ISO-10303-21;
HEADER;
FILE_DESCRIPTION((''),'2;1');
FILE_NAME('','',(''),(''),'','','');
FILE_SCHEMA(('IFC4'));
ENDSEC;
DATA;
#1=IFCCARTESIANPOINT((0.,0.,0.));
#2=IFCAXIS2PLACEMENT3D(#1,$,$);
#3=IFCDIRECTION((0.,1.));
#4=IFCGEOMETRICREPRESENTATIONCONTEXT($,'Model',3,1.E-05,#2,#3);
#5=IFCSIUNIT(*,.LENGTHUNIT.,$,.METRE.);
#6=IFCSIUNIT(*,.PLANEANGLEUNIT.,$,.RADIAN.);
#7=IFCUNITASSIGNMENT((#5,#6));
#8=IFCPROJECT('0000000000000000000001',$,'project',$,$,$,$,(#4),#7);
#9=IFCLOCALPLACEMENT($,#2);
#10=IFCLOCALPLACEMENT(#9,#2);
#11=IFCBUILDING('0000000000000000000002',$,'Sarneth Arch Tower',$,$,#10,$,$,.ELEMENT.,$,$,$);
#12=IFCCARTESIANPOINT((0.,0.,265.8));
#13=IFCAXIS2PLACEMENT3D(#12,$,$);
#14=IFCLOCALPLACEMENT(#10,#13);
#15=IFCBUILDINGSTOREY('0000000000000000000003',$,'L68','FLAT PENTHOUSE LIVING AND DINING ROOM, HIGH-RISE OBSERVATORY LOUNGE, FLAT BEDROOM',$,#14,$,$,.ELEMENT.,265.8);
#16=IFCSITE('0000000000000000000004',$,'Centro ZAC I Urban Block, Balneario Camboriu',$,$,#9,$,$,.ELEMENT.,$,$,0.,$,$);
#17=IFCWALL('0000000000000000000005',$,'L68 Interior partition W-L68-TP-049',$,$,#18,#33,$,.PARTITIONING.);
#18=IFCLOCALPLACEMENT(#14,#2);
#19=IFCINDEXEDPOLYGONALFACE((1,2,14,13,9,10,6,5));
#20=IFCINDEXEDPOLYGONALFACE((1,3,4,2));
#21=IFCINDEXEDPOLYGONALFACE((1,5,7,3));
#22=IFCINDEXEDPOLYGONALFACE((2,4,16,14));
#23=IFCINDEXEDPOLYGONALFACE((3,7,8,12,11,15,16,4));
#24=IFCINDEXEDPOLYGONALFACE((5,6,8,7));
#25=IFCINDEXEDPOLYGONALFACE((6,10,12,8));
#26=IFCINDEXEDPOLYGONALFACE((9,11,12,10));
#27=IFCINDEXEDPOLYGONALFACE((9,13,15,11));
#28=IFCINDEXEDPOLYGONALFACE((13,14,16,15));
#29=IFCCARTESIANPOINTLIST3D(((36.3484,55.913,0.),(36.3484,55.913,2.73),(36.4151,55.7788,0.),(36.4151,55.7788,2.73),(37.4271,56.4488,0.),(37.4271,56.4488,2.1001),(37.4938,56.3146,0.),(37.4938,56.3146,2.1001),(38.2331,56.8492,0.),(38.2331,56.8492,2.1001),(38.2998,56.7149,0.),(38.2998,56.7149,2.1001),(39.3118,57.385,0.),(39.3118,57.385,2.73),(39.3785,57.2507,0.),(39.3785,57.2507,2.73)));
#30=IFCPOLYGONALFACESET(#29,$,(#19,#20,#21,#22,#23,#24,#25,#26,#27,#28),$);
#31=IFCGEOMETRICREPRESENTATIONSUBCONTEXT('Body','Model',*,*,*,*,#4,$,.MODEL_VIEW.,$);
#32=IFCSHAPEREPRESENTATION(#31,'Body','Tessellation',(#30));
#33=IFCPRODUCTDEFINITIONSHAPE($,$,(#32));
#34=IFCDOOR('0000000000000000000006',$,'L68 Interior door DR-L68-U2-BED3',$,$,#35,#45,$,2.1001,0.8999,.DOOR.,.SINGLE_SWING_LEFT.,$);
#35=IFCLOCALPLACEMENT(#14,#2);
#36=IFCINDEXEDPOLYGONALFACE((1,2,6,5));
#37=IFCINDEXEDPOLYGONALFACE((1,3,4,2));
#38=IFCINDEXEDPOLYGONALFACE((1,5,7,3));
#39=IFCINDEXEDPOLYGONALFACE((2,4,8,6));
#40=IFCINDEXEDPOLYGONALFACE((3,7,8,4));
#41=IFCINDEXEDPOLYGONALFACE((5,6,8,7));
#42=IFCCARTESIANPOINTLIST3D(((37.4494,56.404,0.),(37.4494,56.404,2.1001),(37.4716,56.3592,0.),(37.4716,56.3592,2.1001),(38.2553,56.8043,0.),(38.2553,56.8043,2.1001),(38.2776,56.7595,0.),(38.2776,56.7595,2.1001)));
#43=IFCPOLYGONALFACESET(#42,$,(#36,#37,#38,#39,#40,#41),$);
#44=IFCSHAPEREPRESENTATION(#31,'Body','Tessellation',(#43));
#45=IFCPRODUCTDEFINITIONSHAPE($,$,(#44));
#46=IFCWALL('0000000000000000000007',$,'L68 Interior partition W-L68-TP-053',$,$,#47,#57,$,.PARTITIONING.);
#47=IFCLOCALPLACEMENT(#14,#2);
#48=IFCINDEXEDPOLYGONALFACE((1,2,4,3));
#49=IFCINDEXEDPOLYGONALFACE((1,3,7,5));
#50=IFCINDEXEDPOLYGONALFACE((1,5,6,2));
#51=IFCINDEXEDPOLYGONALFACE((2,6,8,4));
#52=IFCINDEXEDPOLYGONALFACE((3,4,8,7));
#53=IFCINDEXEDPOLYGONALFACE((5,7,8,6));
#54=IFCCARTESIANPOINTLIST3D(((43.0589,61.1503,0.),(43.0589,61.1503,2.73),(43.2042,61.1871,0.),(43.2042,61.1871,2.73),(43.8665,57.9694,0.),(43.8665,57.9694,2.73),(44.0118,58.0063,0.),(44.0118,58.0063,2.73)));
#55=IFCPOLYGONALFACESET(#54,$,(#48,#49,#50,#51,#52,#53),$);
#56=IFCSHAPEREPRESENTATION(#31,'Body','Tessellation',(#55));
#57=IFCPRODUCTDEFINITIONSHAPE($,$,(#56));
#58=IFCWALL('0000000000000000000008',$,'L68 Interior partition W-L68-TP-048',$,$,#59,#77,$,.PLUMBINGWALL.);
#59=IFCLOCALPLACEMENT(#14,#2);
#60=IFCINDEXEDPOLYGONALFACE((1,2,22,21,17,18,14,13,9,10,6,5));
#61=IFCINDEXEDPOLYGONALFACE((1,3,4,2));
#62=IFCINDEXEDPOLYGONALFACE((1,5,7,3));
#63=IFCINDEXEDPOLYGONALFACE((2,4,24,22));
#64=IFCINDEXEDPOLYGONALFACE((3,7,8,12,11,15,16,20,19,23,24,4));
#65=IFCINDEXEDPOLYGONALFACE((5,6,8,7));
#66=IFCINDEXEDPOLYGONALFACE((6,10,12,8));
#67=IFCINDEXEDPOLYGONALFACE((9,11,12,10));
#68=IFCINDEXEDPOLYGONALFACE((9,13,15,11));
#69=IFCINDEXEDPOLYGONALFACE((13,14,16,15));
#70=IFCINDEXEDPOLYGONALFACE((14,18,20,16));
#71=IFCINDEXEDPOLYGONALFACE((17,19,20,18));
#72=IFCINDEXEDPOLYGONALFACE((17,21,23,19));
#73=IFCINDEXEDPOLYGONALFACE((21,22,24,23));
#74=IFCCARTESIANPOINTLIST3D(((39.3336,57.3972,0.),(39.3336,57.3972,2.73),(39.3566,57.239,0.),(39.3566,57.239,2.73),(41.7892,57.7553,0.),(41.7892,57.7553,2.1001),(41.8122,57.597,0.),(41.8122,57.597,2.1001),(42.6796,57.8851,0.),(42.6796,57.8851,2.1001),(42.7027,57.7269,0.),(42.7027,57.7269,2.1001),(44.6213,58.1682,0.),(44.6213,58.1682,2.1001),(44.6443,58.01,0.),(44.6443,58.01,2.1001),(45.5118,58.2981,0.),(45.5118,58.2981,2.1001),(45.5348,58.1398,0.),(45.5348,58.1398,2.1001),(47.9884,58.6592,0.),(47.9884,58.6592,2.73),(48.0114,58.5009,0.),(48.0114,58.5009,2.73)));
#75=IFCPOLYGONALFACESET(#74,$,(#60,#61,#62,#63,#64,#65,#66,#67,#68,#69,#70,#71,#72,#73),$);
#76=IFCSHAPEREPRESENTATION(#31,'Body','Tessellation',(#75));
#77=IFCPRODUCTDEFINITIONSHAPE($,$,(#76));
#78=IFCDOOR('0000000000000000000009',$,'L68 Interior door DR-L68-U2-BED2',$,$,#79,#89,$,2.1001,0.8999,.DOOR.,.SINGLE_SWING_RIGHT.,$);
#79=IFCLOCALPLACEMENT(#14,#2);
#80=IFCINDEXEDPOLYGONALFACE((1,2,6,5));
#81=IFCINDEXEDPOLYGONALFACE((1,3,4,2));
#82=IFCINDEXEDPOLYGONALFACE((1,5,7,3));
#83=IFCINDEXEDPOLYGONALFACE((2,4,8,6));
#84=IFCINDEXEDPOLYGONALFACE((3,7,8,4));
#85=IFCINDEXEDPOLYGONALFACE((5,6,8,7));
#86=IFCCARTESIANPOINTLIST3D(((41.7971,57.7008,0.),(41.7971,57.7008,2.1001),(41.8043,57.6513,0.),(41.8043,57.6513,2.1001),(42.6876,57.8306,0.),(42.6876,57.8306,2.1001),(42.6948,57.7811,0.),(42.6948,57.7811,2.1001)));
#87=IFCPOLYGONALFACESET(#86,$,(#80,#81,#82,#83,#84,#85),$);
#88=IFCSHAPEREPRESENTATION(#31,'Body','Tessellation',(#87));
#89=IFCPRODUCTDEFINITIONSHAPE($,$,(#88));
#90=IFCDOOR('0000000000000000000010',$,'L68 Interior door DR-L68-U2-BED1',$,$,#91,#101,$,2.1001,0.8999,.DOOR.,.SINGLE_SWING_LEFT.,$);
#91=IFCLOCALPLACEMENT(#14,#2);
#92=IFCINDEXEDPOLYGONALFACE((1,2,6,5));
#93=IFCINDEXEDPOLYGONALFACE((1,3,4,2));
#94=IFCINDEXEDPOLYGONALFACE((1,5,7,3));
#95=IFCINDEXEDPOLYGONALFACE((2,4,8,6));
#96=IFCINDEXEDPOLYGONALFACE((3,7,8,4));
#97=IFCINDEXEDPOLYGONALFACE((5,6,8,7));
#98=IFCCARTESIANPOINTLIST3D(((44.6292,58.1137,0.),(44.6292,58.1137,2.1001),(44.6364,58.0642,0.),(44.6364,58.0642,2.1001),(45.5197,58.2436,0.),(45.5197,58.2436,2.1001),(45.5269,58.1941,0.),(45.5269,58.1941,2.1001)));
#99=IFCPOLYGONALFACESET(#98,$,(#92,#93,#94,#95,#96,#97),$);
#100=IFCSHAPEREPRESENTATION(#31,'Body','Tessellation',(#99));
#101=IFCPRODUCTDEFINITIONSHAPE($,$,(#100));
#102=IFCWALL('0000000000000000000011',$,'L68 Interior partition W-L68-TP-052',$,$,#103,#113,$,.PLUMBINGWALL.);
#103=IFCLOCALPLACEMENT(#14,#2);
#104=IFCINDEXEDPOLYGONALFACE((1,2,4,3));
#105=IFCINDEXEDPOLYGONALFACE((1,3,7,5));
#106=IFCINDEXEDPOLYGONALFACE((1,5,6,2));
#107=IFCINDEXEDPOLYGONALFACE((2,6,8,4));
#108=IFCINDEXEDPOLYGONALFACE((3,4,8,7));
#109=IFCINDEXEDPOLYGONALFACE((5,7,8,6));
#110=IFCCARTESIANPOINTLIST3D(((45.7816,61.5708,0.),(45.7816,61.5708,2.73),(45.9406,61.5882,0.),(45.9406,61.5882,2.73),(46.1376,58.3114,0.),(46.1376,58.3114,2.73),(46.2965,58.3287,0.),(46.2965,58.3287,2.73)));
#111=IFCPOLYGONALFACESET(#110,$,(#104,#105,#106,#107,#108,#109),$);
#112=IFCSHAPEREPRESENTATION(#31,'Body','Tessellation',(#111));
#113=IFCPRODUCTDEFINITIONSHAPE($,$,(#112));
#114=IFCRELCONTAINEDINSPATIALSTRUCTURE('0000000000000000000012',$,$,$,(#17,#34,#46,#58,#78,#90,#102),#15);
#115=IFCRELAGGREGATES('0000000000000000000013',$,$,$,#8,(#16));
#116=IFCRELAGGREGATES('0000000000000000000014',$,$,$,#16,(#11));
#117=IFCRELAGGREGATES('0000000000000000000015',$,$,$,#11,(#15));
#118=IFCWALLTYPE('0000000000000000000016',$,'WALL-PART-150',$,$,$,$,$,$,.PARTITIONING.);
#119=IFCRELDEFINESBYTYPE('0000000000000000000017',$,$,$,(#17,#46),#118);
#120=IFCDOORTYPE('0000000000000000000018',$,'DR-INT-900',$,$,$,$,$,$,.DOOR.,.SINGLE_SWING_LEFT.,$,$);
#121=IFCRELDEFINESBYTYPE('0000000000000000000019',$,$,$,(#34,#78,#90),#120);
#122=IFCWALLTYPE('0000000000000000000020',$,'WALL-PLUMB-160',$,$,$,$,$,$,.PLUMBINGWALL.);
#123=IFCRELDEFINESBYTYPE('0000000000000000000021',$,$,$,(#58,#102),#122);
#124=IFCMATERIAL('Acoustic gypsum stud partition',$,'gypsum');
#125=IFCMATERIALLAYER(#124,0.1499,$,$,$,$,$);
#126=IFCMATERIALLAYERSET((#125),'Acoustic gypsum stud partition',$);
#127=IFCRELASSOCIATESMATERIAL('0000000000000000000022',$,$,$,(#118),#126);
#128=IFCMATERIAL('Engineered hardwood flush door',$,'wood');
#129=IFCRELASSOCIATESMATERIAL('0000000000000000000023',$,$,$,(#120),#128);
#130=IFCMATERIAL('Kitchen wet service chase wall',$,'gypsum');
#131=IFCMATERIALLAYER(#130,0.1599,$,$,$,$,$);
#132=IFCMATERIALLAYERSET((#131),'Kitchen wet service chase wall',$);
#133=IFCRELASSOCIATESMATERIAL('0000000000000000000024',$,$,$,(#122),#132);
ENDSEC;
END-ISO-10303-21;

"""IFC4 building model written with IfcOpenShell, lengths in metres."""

from ifc_helpers import new_model, si_unit, direction, frame, frame_2d, origin, place, context, subcontext, project, spatial, rectangle, extrude, material, layer, layer_set, type_object, element, fill, save


model = new_model("IFC4")

# Units and contexts
model_context = context("Model", 3, precision=1e-05, world=origin(), true_north=direction((0.0, 1.0)))
body_context = subcontext(model_context, "Body", "Model", "MODEL_VIEW")
ifc_project = project(units=[si_unit("LENGTHUNIT", "METRE"), si_unit("PLANEANGLEUNIT", "RADIAN")], contexts=[model_context])

# Site, building, storey
site_placement = place(None, origin())
site = spatial("IfcSite", under=ifc_project, at=site_placement, Name="Centro ZAC I Urban Block, Balneario Camboriu", CompositionType="ELEMENT", RefElevation=0.0)
building_placement = place(site_placement, origin())
building = spatial("IfcBuilding", under=site, at=building_placement, Name="Sarneth Arch Tower", CompositionType="ELEMENT")
storey_placement = place(building_placement, frame((0.0, 0.0, 265.8)))
storey = spatial("IfcBuildingStorey", under=building, at=storey_placement, Name="L68", Description="FLAT PENTHOUSE LIVING AND DINING ROOM, HIGH-RISE OBSERVATORY LOUNGE, FLAT BEDROOM", CompositionType="ELEMENT", Elevation=265.8)

# Shared definitions
ifc_material_1 = material(Name="Acoustic gypsum stud partition", Category="gypsum")
ifc_layer_1 = layer(ifc_material_1, 0.1499)
ifc_layer_set_1 = layer_set([ifc_layer_1], Name="Acoustic gypsum stud partition")
wall_type_1 = type_object("IfcWallType", Name="WALL-PART-150", PredefinedType="PARTITIONING", material=ifc_layer_set_1)

# Wall, opening, door
wall_1_placement = place(storey_placement, frame((36.3818, 55.8459, 0.0), z_axis=(0.0, 0.0, 1.0), x_axis=(0.895605, 0.444851, 0.0)))
wall_1 = element("IfcWall", 1, at=wall_1_placement, inside=storey, type_object=wall_type_1, Name="L68 Interior partition W-L68-TP-049", PredefinedType="PARTITIONING", context=body_context, shape_type="SweptSolid", body=[
    extrude(rectangle(XDim=3.3088, YDim=0.1499, at=frame_2d((1.6543, 0.0))), origin(), (0.0, 0.0, 1.0), 2.73),
])
opening_1_placement = place(wall_1_placement, frame((1.2043, 0.0, 0.0)))
opening_1 = element("IfcOpeningElement", 2, at=opening_1_placement, cuts=wall_1, PredefinedType="OPENING", context=body_context, shape_type="SweptSolid", body=[
    extrude(rectangle(XDim=0.8999, YDim=2.1001, at=frame_2d((0.45, 1.05))), frame((0.0, 0.085, 0.0), z_axis=(0.0, -1.0, 0.0), x_axis=(1.0, 0.0, 0.0)), (0.0, 0.0, 1.0), 0.1699),
])
ifc_material_2 = material(Name="Engineered hardwood flush door", Category="wood")
door_type_1 = type_object("IfcDoorType", Name="DR-INT-900", OperationType="SINGLE_SWING_LEFT", PredefinedType="DOOR", material=ifc_material_2)
door_1_placement = place(opening_1_placement, origin())
door_1 = element("IfcDoor", 3, at=door_1_placement, inside=storey, type_object=door_type_1, Name="L68 Interior door DR-L68-U2-BED3", OperationType="SINGLE_SWING_LEFT", OverallHeight=2.1001, OverallWidth=0.8999, PredefinedType="DOOR", context=body_context, shape_type="SweptSolid", body=[
    extrude(rectangle(XDim=0.8999, YDim=2.1001, at=frame_2d((0.45, 1.05))), frame((0.0, 0.0249, 0.0), z_axis=(0.0, -1.0, 0.0), x_axis=(1.0, 0.0, 0.0)), (0.0, 0.0, 1.0), 0.05),
])
fill(opening_1, door_1)

# Wall
wall_2_placement = place(storey_placement, frame((43.1316, 61.1687, 0.0), z_axis=(0.0, 0.0, 1.0), x_axis=(0.246087, -0.969248, 0.0)))
element("IfcWall", 4, at=wall_2_placement, inside=storey, type_object=wall_type_1, Name="L68 Interior partition W-L68-TP-053", PredefinedType="PARTITIONING", context=body_context, shape_type="SweptSolid", body=[
    extrude(rectangle(XDim=3.2817, YDim=0.1499, at=frame_2d((1.6409, 0.0))), origin(), (0.0, 0.0, 1.0), 2.73),
])

# Wall, openings, doors
ifc_material_3 = material(Name="Kitchen wet service chase wall", Category="gypsum")
ifc_layer_2 = layer(ifc_material_3, 0.1599)
ifc_layer_set_2 = layer_set([ifc_layer_2], Name="Kitchen wet service chase wall")
wall_type_2 = type_object("IfcWallType", Name="WALL-PLUMB-160", PredefinedType="PLUMBINGWALL", material=ifc_layer_set_2)
wall_3_placement = place(storey_placement, frame((39.3452, 57.3181, 0.0), z_axis=(0.0, 0.0, 1.0), x_axis=(0.989536, 0.144285, 0.0)))
wall_3 = element("IfcWall", 5, at=wall_3_placement, inside=storey, type_object=wall_type_2, Name="L68 Interior partition W-L68-TP-048", PredefinedType="PLUMBINGWALL", context=body_context, shape_type="SweptSolid", body=[
    extrude(rectangle(XDim=8.7463, YDim=0.1599, at=frame_2d((4.373, 0.0))), origin(), (0.0, 0.0, 1.0), 2.73),
])
opening_2_placement = place(wall_3_placement, frame((2.4814, 0.0, 0.0)))
opening_2 = element("IfcOpeningElement", 6, at=opening_2_placement, cuts=wall_3, PredefinedType="OPENING", context=body_context, shape_type="SweptSolid", body=[
    extrude(rectangle(XDim=0.8999, YDim=2.1001, at=frame_2d((0.45, 1.05))), frame((0.0, 0.0898, 0.0), z_axis=(0.0, -1.0, 0.0), x_axis=(1.0, 0.0, 0.0)), (0.0, 0.0, 1.0), 0.1799),
])
opening_3_placement = place(wall_3_placement, frame((5.3435, 0.0, 0.0)))
opening_3 = element("IfcOpeningElement", 7, at=opening_3_placement, cuts=wall_3, PredefinedType="OPENING", context=body_context, shape_type="SweptSolid", body=[
    extrude(rectangle(XDim=0.8999, YDim=2.1001, at=frame_2d((0.45, 1.05))), frame((0.0, 0.0898, 0.0), z_axis=(0.0, -1.0, 0.0), x_axis=(1.0, 0.0, 0.0)), (0.0, 0.0, 1.0), 0.1799),
])
door_2_placement = place(opening_2_placement, origin())
door_2 = element("IfcDoor", 8, at=door_2_placement, inside=storey, type_object=door_type_1, Name="L68 Interior door DR-L68-U2-BED2", OperationType="SINGLE_SWING_RIGHT", OverallHeight=2.1001, OverallWidth=0.8999, PredefinedType="DOOR", context=body_context, shape_type="SweptSolid", body=[
    extrude(rectangle(XDim=0.8999, YDim=2.1001, at=frame_2d((0.45, 1.05))), frame((0.0, 0.0249, 0.0), z_axis=(0.0, -1.0, 0.0), x_axis=(1.0, 0.0, 0.0)), (0.0, 0.0, 1.0), 0.05),
])
fill(opening_2, door_2)
door_3_placement = place(opening_3_placement, origin())
door_3 = element("IfcDoor", 9, at=door_3_placement, inside=storey, type_object=door_type_1, Name="L68 Interior door DR-L68-U2-BED1", OperationType="SINGLE_SWING_LEFT", OverallHeight=2.1001, OverallWidth=0.8999, PredefinedType="DOOR", context=body_context, shape_type="SweptSolid", body=[
    extrude(rectangle(XDim=0.8999, YDim=2.1001, at=frame_2d((0.45, 1.05))), frame((0.0, 0.0249, 0.0), z_axis=(0.0, -1.0, 0.0), x_axis=(1.0, 0.0, 0.0)), (0.0, 0.0, 1.0), 0.05),
])
fill(opening_3, door_3)

# Wall
wall_4_placement = place(storey_placement, frame((46.217, 58.3201, 0.0), z_axis=(0.0, 0.0, 1.0), x_axis=(-0.10856, 0.99409, 0.0)))
element("IfcWall", 10, at=wall_4_placement, inside=storey, type_object=wall_type_2, Name="L68 Interior partition W-L68-TP-052", PredefinedType="PLUMBINGWALL", context=body_context, shape_type="SweptSolid", body=[
    extrude(rectangle(XDim=3.2788, YDim=0.1599, at=frame_2d((1.6394, 0.0))), origin(), (0.0, 0.0, 1.0), 2.73),
])

save(model, "model.ifc")
